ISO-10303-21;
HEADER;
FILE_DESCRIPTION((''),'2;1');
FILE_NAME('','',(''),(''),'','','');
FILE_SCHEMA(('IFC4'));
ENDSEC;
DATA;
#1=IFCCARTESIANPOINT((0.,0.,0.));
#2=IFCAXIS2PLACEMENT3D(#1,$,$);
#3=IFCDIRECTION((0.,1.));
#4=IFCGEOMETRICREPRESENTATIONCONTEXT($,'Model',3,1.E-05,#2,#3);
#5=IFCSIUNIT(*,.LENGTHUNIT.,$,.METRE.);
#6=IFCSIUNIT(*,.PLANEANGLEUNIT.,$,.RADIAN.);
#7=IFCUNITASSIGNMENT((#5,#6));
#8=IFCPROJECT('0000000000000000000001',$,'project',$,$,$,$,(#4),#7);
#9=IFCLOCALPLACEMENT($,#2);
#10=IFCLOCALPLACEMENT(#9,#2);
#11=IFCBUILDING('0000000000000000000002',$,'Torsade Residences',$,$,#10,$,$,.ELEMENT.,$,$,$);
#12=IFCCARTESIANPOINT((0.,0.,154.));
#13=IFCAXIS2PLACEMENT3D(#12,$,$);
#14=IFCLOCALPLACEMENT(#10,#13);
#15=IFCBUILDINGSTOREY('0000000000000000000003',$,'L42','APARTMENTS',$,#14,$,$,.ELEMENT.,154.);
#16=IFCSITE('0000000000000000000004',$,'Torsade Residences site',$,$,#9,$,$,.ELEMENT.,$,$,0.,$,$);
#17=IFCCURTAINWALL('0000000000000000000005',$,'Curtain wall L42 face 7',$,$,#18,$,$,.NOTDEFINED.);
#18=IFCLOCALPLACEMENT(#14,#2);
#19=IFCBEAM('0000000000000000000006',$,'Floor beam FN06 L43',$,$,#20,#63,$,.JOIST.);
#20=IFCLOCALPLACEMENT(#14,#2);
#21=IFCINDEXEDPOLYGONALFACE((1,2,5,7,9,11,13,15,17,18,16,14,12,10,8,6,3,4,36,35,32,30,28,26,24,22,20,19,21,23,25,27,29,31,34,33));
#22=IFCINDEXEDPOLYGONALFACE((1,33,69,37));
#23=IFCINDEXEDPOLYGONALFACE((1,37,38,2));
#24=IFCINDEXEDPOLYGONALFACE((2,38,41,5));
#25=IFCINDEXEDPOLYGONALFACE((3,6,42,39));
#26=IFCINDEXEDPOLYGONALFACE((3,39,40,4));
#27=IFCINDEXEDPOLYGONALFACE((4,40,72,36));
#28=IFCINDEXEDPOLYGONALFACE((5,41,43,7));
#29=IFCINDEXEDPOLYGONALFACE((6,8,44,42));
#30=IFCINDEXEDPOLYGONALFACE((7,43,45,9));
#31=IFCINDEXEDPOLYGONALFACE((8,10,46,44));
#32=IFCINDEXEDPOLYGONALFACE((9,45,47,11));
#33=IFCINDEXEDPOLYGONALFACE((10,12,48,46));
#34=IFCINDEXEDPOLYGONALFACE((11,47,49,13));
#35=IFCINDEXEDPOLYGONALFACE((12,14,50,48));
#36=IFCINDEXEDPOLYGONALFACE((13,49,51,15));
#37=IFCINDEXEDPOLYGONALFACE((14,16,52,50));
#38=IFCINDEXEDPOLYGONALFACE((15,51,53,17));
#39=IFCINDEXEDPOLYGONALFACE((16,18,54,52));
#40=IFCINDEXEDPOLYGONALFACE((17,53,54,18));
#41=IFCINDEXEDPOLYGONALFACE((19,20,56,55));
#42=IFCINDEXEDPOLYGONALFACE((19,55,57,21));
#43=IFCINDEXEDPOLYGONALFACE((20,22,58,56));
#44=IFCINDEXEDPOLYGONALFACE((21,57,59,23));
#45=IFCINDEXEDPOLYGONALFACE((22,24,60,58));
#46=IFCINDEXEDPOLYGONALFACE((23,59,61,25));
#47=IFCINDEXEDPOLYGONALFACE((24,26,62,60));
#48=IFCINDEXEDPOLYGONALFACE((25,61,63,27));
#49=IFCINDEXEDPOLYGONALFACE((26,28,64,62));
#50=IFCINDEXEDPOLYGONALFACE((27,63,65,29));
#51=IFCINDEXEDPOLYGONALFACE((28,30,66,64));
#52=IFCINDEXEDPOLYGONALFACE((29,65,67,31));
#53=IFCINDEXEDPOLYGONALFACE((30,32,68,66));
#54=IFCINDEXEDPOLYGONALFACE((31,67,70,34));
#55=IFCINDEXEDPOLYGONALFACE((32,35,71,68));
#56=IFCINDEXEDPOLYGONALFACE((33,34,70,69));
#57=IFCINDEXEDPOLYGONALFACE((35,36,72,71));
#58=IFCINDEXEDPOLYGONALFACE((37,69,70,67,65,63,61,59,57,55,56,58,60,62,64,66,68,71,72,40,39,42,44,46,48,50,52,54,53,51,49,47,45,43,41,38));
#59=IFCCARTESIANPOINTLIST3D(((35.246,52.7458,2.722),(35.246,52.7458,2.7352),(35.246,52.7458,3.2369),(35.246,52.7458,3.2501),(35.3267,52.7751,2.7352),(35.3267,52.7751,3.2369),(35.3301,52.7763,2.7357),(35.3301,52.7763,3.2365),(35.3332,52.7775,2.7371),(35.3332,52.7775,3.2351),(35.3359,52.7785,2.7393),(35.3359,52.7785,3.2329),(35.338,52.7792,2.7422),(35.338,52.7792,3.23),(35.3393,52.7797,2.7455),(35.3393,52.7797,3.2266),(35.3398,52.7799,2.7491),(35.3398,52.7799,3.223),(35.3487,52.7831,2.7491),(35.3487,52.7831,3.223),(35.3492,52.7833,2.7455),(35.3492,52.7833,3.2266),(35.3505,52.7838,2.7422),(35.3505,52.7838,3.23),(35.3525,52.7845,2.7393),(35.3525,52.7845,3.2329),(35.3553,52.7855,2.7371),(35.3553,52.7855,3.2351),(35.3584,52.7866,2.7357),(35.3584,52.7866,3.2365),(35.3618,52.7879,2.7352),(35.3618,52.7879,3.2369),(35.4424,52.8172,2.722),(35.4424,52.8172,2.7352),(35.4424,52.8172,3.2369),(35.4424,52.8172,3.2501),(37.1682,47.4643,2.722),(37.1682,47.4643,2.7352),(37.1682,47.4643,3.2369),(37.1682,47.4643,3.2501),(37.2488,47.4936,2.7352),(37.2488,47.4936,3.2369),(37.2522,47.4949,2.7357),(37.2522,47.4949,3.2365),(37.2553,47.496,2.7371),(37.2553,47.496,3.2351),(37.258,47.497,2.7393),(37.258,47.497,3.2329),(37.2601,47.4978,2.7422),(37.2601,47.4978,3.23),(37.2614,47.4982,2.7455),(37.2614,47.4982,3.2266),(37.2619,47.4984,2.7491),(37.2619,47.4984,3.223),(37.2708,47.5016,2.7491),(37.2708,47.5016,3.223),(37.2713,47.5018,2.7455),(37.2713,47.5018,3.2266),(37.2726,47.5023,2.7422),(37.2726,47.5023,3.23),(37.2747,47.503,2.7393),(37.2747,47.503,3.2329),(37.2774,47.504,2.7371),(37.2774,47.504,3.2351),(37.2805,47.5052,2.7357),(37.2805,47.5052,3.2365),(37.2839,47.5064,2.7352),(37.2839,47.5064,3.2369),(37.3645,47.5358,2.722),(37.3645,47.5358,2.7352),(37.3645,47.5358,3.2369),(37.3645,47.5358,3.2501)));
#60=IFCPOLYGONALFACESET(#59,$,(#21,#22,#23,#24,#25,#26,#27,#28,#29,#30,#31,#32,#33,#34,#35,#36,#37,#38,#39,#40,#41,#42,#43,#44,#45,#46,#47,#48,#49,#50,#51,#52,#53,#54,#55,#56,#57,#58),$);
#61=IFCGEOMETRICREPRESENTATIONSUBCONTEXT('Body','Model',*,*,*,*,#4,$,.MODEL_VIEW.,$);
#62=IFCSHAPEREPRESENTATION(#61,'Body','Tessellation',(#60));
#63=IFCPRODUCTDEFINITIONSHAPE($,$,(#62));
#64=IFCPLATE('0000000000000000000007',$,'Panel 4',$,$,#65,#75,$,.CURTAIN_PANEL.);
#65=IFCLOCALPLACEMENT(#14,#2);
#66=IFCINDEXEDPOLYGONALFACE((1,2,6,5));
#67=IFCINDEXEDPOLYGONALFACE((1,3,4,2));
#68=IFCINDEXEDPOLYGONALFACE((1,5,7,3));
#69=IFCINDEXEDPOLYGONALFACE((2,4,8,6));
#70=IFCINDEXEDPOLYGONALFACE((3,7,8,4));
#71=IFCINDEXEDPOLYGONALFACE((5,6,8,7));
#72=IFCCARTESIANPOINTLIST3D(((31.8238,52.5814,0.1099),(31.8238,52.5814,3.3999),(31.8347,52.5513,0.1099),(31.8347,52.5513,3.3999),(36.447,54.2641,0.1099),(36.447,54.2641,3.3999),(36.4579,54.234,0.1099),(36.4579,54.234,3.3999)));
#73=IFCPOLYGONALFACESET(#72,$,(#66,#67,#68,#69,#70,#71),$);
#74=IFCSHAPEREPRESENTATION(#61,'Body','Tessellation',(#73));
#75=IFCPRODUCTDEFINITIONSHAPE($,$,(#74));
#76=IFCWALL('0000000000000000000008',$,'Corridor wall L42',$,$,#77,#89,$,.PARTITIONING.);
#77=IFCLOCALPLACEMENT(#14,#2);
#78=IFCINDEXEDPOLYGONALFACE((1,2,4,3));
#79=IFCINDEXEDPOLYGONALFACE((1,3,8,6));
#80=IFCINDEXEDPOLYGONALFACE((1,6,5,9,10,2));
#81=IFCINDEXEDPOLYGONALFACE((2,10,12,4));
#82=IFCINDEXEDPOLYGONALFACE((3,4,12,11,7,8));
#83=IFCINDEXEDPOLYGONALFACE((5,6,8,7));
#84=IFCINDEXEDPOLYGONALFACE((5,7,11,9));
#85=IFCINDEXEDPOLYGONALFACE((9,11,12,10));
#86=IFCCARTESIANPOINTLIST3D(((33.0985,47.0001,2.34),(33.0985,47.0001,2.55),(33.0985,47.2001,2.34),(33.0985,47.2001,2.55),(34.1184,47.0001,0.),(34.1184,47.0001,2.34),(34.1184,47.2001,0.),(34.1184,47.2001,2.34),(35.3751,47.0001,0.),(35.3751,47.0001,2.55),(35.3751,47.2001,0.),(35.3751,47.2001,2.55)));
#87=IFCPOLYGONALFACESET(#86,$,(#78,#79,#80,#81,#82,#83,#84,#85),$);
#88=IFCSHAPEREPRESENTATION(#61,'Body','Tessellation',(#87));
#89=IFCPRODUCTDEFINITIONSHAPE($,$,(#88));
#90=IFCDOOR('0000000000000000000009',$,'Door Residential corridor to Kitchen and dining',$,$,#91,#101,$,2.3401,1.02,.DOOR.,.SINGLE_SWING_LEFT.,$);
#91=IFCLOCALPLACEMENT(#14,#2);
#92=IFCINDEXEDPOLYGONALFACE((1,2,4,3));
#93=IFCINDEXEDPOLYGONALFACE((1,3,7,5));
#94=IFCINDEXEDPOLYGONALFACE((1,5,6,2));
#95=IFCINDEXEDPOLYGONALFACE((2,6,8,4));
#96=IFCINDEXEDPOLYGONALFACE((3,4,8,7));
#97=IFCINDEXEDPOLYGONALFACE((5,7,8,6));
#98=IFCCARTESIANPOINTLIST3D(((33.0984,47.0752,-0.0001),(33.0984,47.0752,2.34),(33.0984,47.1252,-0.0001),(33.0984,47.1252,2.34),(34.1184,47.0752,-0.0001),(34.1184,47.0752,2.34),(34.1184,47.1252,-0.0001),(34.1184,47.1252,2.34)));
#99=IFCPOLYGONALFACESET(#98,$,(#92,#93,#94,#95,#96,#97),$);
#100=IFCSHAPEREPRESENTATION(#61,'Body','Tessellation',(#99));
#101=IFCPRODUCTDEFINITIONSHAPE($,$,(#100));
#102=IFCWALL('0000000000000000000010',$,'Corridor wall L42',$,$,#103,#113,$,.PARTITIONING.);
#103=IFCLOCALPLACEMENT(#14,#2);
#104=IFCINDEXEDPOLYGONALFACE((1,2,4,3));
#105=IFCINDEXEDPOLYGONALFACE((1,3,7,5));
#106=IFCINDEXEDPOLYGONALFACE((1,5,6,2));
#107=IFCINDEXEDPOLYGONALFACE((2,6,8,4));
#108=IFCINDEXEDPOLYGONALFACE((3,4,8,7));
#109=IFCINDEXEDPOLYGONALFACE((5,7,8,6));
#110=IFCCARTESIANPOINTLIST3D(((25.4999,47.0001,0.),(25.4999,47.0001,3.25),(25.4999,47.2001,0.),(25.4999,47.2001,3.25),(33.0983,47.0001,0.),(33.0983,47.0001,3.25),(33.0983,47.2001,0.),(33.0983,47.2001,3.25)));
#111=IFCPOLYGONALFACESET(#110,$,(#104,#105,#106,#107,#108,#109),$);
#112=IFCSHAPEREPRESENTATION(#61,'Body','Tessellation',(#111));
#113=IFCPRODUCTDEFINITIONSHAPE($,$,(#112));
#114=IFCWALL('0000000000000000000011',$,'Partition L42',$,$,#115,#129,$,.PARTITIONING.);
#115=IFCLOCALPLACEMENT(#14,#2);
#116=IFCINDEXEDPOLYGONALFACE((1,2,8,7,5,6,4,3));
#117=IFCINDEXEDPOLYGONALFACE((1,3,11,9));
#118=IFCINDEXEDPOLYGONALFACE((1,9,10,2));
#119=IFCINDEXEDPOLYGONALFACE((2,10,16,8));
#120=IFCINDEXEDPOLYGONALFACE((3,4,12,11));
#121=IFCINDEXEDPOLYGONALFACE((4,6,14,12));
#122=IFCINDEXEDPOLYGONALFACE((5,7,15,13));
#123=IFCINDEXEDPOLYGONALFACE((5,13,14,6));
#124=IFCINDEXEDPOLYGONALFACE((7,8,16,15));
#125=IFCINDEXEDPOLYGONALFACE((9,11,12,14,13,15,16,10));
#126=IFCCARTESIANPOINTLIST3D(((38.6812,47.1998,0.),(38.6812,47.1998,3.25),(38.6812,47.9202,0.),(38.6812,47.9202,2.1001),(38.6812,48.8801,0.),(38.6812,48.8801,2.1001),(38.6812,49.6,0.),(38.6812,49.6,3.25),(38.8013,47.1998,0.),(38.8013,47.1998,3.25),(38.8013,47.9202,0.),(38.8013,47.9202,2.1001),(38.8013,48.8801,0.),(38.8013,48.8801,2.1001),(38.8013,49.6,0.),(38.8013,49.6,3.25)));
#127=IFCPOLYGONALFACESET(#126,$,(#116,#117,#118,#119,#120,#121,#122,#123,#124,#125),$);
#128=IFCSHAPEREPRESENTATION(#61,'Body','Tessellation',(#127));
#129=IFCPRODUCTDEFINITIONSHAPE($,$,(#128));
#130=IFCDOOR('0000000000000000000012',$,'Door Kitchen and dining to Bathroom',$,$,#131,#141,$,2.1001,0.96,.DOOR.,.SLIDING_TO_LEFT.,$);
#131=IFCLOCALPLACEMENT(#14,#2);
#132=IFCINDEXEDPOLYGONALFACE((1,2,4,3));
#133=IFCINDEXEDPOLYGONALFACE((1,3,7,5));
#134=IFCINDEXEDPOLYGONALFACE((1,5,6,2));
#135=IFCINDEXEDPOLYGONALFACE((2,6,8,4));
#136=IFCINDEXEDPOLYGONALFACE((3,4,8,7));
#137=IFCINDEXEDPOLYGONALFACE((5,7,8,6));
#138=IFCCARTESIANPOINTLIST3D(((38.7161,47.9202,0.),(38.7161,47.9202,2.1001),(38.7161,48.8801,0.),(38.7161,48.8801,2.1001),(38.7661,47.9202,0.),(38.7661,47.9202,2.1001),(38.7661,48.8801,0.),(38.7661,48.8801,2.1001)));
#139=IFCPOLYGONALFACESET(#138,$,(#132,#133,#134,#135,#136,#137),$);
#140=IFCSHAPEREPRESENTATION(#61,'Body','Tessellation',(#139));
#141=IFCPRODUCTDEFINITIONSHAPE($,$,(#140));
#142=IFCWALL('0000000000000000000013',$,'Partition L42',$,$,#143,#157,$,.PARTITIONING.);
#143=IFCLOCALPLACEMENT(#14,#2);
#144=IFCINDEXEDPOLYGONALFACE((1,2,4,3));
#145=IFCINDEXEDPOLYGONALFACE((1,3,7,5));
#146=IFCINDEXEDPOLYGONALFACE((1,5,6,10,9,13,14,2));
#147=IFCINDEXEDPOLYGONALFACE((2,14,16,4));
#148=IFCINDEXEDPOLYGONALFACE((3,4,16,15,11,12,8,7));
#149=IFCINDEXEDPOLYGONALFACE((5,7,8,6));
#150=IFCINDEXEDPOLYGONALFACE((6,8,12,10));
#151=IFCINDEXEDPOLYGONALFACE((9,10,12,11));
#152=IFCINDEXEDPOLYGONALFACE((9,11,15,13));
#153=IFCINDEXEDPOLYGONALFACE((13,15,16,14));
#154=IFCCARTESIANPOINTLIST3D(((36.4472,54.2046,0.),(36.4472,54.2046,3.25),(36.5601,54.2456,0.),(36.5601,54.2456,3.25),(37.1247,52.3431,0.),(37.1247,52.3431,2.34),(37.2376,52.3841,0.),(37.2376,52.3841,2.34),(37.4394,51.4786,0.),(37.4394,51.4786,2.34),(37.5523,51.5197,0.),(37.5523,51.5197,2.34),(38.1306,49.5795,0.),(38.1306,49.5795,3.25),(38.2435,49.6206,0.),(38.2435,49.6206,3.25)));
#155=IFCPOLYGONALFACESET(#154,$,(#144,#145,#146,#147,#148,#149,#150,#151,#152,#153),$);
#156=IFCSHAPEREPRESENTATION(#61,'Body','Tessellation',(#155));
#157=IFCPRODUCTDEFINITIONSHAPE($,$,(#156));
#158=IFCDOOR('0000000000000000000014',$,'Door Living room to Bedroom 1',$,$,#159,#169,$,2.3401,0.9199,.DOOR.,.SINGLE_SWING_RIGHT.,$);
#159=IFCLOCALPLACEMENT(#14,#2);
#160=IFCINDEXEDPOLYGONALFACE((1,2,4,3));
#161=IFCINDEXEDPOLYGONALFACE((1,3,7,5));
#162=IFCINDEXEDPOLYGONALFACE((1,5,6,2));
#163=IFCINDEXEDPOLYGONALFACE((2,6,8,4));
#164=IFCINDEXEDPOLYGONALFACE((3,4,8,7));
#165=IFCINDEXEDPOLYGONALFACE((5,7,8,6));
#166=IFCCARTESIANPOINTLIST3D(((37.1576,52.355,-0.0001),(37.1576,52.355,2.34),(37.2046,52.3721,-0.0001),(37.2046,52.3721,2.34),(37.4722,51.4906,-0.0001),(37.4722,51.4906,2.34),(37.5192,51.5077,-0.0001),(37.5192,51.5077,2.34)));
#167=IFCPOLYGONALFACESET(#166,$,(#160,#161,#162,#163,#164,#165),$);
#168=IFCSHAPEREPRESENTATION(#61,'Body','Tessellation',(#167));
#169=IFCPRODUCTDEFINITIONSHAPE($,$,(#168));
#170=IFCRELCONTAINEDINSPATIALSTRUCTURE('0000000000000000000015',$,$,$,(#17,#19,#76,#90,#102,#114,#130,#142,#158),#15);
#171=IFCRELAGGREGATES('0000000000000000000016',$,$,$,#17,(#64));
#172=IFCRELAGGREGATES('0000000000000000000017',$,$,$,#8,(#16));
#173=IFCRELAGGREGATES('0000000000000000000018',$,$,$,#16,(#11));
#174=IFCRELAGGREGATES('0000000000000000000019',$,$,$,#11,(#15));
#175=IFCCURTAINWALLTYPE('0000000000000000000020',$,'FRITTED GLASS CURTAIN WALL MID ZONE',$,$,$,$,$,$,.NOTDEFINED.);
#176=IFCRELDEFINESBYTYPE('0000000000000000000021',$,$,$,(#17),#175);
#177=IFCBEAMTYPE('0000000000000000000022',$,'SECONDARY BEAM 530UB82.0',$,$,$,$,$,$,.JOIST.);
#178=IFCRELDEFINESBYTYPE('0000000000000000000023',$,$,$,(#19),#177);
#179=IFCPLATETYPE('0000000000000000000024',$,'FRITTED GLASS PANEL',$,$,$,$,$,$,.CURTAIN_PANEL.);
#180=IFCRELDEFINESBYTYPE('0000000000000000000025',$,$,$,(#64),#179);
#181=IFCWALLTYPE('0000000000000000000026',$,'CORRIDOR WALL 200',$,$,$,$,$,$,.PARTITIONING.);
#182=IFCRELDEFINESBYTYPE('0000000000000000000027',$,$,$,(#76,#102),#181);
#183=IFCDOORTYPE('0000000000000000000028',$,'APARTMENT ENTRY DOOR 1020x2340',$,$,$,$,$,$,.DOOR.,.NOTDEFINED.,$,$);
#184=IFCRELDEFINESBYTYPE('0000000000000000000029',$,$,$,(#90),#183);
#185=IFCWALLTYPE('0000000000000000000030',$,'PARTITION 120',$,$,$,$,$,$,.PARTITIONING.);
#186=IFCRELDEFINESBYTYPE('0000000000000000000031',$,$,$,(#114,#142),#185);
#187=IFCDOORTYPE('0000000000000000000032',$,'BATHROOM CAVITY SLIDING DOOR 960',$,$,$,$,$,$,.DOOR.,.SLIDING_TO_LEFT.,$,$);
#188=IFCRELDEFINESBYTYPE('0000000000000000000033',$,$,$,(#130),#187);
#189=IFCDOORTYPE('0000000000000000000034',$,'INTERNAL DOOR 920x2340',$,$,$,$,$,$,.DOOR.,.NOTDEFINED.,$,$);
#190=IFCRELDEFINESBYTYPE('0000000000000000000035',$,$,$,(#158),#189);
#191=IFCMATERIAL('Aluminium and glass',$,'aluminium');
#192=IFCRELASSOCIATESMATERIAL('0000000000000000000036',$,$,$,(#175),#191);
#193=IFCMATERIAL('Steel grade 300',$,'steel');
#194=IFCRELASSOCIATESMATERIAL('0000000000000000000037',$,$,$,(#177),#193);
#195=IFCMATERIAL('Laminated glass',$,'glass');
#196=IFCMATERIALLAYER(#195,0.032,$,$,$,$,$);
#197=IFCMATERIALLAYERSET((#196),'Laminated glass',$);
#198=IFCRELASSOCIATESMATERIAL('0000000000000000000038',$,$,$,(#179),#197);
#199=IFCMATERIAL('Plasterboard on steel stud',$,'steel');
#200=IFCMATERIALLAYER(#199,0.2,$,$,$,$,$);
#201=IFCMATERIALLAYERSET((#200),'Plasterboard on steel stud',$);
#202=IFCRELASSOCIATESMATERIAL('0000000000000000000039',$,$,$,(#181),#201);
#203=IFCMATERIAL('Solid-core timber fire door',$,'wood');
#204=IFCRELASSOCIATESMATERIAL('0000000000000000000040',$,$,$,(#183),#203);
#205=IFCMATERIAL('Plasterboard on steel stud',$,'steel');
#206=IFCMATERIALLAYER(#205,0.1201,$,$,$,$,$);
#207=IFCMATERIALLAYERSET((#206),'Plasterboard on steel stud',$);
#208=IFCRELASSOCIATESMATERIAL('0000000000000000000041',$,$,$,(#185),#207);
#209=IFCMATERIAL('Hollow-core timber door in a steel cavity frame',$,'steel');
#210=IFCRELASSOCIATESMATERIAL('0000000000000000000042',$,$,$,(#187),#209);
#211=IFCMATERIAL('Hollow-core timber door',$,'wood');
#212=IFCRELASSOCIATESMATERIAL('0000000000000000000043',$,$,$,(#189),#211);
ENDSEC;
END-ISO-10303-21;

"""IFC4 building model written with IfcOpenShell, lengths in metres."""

from ifc_helpers import new_model, si_unit, direction, frame, frame_2d, origin, origin_2d, place, context, subcontext, project, spatial, rectangle, i_section, extrude, material, layer, layer_set, material_profile, profile_set, type_object, element, fill, aggregate, save


model = new_model("IFC4")

# Units and contexts
model_context = context("Model", 3, precision=1e-05, world=origin(), true_north=direction((0.0, 1.0)))
body_context = subcontext(model_context, "Body", "Model", "MODEL_VIEW")
ifc_project = project(units=[si_unit("LENGTHUNIT", "METRE"), si_unit("PLANEANGLEUNIT", "RADIAN")], contexts=[model_context])

# Site, building, storey
site_placement = place(None, origin())
site = spatial("IfcSite", under=ifc_project, at=site_placement, Name="Torsade Residences site", CompositionType="ELEMENT", RefElevation=0.0)
building_placement = place(site_placement, origin())
building = spatial("IfcBuilding", under=site, at=building_placement, Name="Torsade Residences", CompositionType="ELEMENT")
storey_placement = place(building_placement, frame((0.0, 0.0, 154.0)))
storey = spatial("IfcBuildingStorey", under=building, at=storey_placement, Name="L42", Description="APARTMENTS", CompositionType="ELEMENT", Elevation=154.0)

# Curtain wall
ifc_material_1 = material(Name="Aluminium and glass", Category="aluminium")
curtain_wall_type = type_object("IfcCurtainWallType", Name="FRITTED GLASS CURTAIN WALL MID ZONE", PredefinedType="NOTDEFINED", material=ifc_material_1)
curtain_wall_placement = place(storey_placement, origin())
curtain_wall = element("IfcCurtainWall", 1, at=curtain_wall_placement, inside=storey, type_object=curtain_wall_type, Name="Curtain wall L42 face 7", PredefinedType="NOTDEFINED")

# Beam
ifc_material_2 = material(Name="Steel grade 300", Category="steel")
ifc_material_profile_1 = material_profile(ifc_material_2, i_section(OverallWidth=0.209, OverallDepth=0.5281, WebThickness=0.0095, FlangeThickness=0.0132, FilletRadius=0.0139, at=origin_2d()), Name="530UB82.0")
ifc_profile_set_1 = profile_set([ifc_material_profile_1], Name="Steel grade 300")
beam_type_1 = type_object("IfcBeamType", Name="SECONDARY BEAM 530UB82.0", PredefinedType="JOIST", material=ifc_profile_set_1)
beam_1_placement = place(storey_placement, frame((35.3442, 52.7815, 2.9861), z_axis=(0.341991, -0.939703, 0.0), x_axis=(0.939703, 0.341991, 0.0)))
element("IfcBeam", 2, at=beam_1_placement, inside=storey, type_object=beam_type_1, Name="Floor beam FN06 L43", PredefinedType="JOIST", context=body_context, shape_type="SweptSolid", body=[
    extrude(i_section(OverallWidth=0.209, OverallDepth=0.5281, WebThickness=0.0095, FlangeThickness=0.0132, FilletRadius=0.0139, at=origin_2d()), origin(), (0.0, 0.0, 1.0), 5.6204),
])

# Plate
ifc_material_3 = material(Name="Laminated glass", Category="glass")
ifc_layer_1 = layer(ifc_material_3, 0.032)
ifc_layer_set_1 = layer_set([ifc_layer_1], Name="Laminated glass")
plate_type = type_object("IfcPlateType", Name="FRITTED GLASS PANEL", PredefinedType="CURTAIN_PANEL", material=ifc_layer_set_1)
plate_placement = place(storey_placement, frame((34.1409, 53.4077, 0.1099), z_axis=(0.0, 0.0, 1.0), x_axis=(-0.939693, -0.34202, 0.0)))
plate = element("IfcPlate", 3, at=plate_placement, type_object=plate_type, Name="Panel 4", PredefinedType="CURTAIN_PANEL", context=body_context, shape_type="SweptSolid", body=[
    extrude(rectangle(XDim=4.9199, YDim=0.032, at=origin_2d()), origin(), (0.0, 0.0, 1.0), 3.29),
])
aggregate(curtain_wall, [plate])

# Wall, opening, door
ifc_material_4 = material(Name="Plasterboard on steel stud", Category="steel")
ifc_layer_2 = layer(ifc_material_4, 0.2)
ifc_layer_set_2 = layer_set([ifc_layer_2], Name="Plasterboard on steel stud")
wall_type_1 = type_object("IfcWallType", Name="CORRIDOR WALL 200", PredefinedType="PARTITIONING", material=ifc_layer_set_2)
wall_1_placement = place(storey_placement, frame((35.375, 47.1001, 0.0), z_axis=(0.0, 0.0, 1.0), x_axis=(-1.0, 0.0, 0.0)))
wall_1 = element("IfcWall", 4, at=wall_1_placement, inside=storey, type_object=wall_type_1, Name="Corridor wall L42", PredefinedType="PARTITIONING", context=body_context, shape_type="SweptSolid", body=[
    extrude(rectangle(XDim=2.2766, YDim=0.2, at=frame_2d((1.1382, 0.0))), origin(), (0.0, 0.0, 1.0), 2.55),
])
opening_1_placement = place(wall_1_placement, frame((1.2566, 0.0, 0.0)))
opening_1 = element("IfcOpeningElement", 5, at=opening_1_placement, cuts=wall_1, PredefinedType="OPENING", context=body_context, shape_type="SweptSolid", body=[
    extrude(rectangle(XDim=1.02, YDim=2.3401, at=frame_2d((0.51, 1.1699))), frame((0.0, 0.1099, 0.0), z_axis=(0.0, -1.0, 0.0), x_axis=(1.0, 0.0, 0.0)), (0.0, 0.0, 1.0), 0.22),
])
ifc_material_5 = material(Name="Solid-core timber fire door", Category="wood")
door_type_1 = type_object("IfcDoorType", Name="APARTMENT ENTRY DOOR 1020x2340", OperationType="NOTDEFINED", PredefinedType="DOOR", material=ifc_material_5)
door_1_placement = place(opening_1_placement, origin())
door_1 = element("IfcDoor", 6, at=door_1_placement, inside=storey, type_object=door_type_1, Name="Door Residential corridor to Kitchen and dining", OperationType="SINGLE_SWING_LEFT", OverallHeight=2.3401, OverallWidth=1.02, PredefinedType="DOOR", context=body_context, shape_type="SweptSolid", body=[
    extrude(rectangle(XDim=1.02, YDim=2.3401, at=frame_2d((0.51, 1.1699))), frame((0.0, 0.0249, 0.0), z_axis=(0.0, -1.0, 0.0), x_axis=(1.0, 0.0, 0.0)), (0.0, 0.0, 1.0), 0.05),
])
fill(opening_1, door_1)

# Wall
wall_2_placement = place(storey_placement, frame((33.0984, 47.1001, 0.0), z_axis=(0.0, 0.0, 1.0), x_axis=(-1.0, 0.0, 0.0)))
element("IfcWall", 7, at=wall_2_placement, inside=storey, type_object=wall_type_1, Name="Corridor wall L42", PredefinedType="PARTITIONING", context=body_context, shape_type="SweptSolid", body=[
    extrude(rectangle(XDim=7.5984, YDim=0.2, at=frame_2d((3.7993, 0.0))), origin(), (0.0, 0.0, 1.0), 3.25),
])

# Walls, openings, doors
ifc_material_6 = material(Name="Plasterboard on steel stud", Category="steel")
ifc_layer_3 = layer(ifc_material_6, 0.1201)
ifc_layer_set_3 = layer_set([ifc_layer_3], Name="Plasterboard on steel stud")
wall_type_2 = type_object("IfcWallType", Name="PARTITION 120", PredefinedType="PARTITIONING", material=ifc_layer_set_3)
wall_3_placement = place(storey_placement, frame((38.7412, 49.6001, 0.0), z_axis=(0.0, 0.0, 1.0), x_axis=(0.0, -1.0, 0.0)))
wall_3 = element("IfcWall", 8, at=wall_3_placement, inside=storey, type_object=wall_type_2, Name="Partition L42", PredefinedType="PARTITIONING", context=body_context, shape_type="SweptSolid", body=[
    extrude(rectangle(XDim=2.4001, YDim=0.1201, at=frame_2d((1.2002, 0.0))), origin(), (0.0, 0.0, 1.0), 3.25),
])
opening_2_placement = place(wall_3_placement, frame((0.72, 0.0, 0.0)))
opening_2 = element("IfcOpeningElement", 9, at=opening_2_placement, cuts=wall_3, PredefinedType="OPENING", context=body_context, shape_type="SweptSolid", body=[
    extrude(rectangle(XDim=0.96, YDim=2.1001, at=frame_2d((0.48, 1.05))), frame((0.0, 0.0701, 0.0), z_axis=(0.0, -1.0, 0.0), x_axis=(1.0, 0.0, 0.0)), (0.0, 0.0, 1.0), 0.1401),
])
ifc_material_7 = material(Name="Hollow-core timber door in a steel cavity frame", Category="steel")
door_type_2 = type_object("IfcDoorType", Name="BATHROOM CAVITY SLIDING DOOR 960", OperationType="SLIDING_TO_LEFT", PredefinedType="DOOR", material=ifc_material_7)
door_2_placement = place(opening_2_placement, origin())
door_2 = element("IfcDoor", 10, at=door_2_placement, inside=storey, type_object=door_type_2, Name="Door Kitchen and dining to Bathroom", OperationType="SLIDING_TO_LEFT", OverallHeight=2.1001, OverallWidth=0.96, PredefinedType="DOOR", context=body_context, shape_type="SweptSolid", body=[
    extrude(rectangle(XDim=0.96, YDim=2.1001, at=frame_2d((0.48, 1.05))), frame((0.0, 0.0249, 0.0), z_axis=(0.0, -1.0, 0.0), x_axis=(1.0, 0.0, 0.0)), (0.0, 0.0, 1.0), 0.05),
])
fill(opening_2, door_2)
wall_4_placement = place(storey_placement, frame((36.5037, 54.2251, 0.0), z_axis=(0.0, 0.0, 1.0), x_axis=(0.342018, -0.939693, 0.0)))
wall_4 = element("IfcWall", 11, at=wall_4_placement, inside=storey, type_object=wall_type_2, Name="Partition L42", PredefinedType="PARTITIONING", context=body_context, shape_type="SweptSolid", body=[
    extrude(rectangle(XDim=4.9219, YDim=0.1201, at=frame_2d((2.4609, 0.0))), origin(), (0.0, 0.0, 1.0), 3.25),
])
opening_3_placement = place(wall_4_placement, frame((1.981, 0.0, 0.0)))
opening_3 = element("IfcOpeningElement", 12, at=opening_3_placement, cuts=wall_4, PredefinedType="OPENING", context=body_context, shape_type="SweptSolid", body=[
    extrude(rectangle(XDim=0.9199, YDim=2.3401, at=frame_2d((0.46, 1.1699))), frame((0.0, 0.0701, 0.0), z_axis=(0.0, -1.0, 0.0), x_axis=(1.0, 0.0, 0.0)), (0.0, 0.0, 1.0), 0.1401),
])
ifc_material_8 = material(Name="Hollow-core timber door", Category="wood")
door_type_3 = type_object("IfcDoorType", Name="INTERNAL DOOR 920x2340", OperationType="NOTDEFINED", PredefinedType="DOOR", material=ifc_material_8)
door_3_placement = place(opening_3_placement, origin())
door_3 = element("IfcDoor", 13, at=door_3_placement, inside=storey, type_object=door_type_3, Name="Door Living room to Bedroom 1", OperationType="SINGLE_SWING_RIGHT", OverallHeight=2.3401, OverallWidth=0.9199, PredefinedType="DOOR", context=body_context, shape_type="SweptSolid", body=[
    extrude(rectangle(XDim=0.9199, YDim=2.3401, at=frame_2d((0.46, 1.1699))), frame((0.0, 0.0249, 0.0), z_axis=(0.0, -1.0, 0.0), x_axis=(1.0, 0.0, 0.0)), (0.0, 0.0, 1.0), 0.05),
])
fill(opening_3, door_3)

save(model, "model.ifc")
